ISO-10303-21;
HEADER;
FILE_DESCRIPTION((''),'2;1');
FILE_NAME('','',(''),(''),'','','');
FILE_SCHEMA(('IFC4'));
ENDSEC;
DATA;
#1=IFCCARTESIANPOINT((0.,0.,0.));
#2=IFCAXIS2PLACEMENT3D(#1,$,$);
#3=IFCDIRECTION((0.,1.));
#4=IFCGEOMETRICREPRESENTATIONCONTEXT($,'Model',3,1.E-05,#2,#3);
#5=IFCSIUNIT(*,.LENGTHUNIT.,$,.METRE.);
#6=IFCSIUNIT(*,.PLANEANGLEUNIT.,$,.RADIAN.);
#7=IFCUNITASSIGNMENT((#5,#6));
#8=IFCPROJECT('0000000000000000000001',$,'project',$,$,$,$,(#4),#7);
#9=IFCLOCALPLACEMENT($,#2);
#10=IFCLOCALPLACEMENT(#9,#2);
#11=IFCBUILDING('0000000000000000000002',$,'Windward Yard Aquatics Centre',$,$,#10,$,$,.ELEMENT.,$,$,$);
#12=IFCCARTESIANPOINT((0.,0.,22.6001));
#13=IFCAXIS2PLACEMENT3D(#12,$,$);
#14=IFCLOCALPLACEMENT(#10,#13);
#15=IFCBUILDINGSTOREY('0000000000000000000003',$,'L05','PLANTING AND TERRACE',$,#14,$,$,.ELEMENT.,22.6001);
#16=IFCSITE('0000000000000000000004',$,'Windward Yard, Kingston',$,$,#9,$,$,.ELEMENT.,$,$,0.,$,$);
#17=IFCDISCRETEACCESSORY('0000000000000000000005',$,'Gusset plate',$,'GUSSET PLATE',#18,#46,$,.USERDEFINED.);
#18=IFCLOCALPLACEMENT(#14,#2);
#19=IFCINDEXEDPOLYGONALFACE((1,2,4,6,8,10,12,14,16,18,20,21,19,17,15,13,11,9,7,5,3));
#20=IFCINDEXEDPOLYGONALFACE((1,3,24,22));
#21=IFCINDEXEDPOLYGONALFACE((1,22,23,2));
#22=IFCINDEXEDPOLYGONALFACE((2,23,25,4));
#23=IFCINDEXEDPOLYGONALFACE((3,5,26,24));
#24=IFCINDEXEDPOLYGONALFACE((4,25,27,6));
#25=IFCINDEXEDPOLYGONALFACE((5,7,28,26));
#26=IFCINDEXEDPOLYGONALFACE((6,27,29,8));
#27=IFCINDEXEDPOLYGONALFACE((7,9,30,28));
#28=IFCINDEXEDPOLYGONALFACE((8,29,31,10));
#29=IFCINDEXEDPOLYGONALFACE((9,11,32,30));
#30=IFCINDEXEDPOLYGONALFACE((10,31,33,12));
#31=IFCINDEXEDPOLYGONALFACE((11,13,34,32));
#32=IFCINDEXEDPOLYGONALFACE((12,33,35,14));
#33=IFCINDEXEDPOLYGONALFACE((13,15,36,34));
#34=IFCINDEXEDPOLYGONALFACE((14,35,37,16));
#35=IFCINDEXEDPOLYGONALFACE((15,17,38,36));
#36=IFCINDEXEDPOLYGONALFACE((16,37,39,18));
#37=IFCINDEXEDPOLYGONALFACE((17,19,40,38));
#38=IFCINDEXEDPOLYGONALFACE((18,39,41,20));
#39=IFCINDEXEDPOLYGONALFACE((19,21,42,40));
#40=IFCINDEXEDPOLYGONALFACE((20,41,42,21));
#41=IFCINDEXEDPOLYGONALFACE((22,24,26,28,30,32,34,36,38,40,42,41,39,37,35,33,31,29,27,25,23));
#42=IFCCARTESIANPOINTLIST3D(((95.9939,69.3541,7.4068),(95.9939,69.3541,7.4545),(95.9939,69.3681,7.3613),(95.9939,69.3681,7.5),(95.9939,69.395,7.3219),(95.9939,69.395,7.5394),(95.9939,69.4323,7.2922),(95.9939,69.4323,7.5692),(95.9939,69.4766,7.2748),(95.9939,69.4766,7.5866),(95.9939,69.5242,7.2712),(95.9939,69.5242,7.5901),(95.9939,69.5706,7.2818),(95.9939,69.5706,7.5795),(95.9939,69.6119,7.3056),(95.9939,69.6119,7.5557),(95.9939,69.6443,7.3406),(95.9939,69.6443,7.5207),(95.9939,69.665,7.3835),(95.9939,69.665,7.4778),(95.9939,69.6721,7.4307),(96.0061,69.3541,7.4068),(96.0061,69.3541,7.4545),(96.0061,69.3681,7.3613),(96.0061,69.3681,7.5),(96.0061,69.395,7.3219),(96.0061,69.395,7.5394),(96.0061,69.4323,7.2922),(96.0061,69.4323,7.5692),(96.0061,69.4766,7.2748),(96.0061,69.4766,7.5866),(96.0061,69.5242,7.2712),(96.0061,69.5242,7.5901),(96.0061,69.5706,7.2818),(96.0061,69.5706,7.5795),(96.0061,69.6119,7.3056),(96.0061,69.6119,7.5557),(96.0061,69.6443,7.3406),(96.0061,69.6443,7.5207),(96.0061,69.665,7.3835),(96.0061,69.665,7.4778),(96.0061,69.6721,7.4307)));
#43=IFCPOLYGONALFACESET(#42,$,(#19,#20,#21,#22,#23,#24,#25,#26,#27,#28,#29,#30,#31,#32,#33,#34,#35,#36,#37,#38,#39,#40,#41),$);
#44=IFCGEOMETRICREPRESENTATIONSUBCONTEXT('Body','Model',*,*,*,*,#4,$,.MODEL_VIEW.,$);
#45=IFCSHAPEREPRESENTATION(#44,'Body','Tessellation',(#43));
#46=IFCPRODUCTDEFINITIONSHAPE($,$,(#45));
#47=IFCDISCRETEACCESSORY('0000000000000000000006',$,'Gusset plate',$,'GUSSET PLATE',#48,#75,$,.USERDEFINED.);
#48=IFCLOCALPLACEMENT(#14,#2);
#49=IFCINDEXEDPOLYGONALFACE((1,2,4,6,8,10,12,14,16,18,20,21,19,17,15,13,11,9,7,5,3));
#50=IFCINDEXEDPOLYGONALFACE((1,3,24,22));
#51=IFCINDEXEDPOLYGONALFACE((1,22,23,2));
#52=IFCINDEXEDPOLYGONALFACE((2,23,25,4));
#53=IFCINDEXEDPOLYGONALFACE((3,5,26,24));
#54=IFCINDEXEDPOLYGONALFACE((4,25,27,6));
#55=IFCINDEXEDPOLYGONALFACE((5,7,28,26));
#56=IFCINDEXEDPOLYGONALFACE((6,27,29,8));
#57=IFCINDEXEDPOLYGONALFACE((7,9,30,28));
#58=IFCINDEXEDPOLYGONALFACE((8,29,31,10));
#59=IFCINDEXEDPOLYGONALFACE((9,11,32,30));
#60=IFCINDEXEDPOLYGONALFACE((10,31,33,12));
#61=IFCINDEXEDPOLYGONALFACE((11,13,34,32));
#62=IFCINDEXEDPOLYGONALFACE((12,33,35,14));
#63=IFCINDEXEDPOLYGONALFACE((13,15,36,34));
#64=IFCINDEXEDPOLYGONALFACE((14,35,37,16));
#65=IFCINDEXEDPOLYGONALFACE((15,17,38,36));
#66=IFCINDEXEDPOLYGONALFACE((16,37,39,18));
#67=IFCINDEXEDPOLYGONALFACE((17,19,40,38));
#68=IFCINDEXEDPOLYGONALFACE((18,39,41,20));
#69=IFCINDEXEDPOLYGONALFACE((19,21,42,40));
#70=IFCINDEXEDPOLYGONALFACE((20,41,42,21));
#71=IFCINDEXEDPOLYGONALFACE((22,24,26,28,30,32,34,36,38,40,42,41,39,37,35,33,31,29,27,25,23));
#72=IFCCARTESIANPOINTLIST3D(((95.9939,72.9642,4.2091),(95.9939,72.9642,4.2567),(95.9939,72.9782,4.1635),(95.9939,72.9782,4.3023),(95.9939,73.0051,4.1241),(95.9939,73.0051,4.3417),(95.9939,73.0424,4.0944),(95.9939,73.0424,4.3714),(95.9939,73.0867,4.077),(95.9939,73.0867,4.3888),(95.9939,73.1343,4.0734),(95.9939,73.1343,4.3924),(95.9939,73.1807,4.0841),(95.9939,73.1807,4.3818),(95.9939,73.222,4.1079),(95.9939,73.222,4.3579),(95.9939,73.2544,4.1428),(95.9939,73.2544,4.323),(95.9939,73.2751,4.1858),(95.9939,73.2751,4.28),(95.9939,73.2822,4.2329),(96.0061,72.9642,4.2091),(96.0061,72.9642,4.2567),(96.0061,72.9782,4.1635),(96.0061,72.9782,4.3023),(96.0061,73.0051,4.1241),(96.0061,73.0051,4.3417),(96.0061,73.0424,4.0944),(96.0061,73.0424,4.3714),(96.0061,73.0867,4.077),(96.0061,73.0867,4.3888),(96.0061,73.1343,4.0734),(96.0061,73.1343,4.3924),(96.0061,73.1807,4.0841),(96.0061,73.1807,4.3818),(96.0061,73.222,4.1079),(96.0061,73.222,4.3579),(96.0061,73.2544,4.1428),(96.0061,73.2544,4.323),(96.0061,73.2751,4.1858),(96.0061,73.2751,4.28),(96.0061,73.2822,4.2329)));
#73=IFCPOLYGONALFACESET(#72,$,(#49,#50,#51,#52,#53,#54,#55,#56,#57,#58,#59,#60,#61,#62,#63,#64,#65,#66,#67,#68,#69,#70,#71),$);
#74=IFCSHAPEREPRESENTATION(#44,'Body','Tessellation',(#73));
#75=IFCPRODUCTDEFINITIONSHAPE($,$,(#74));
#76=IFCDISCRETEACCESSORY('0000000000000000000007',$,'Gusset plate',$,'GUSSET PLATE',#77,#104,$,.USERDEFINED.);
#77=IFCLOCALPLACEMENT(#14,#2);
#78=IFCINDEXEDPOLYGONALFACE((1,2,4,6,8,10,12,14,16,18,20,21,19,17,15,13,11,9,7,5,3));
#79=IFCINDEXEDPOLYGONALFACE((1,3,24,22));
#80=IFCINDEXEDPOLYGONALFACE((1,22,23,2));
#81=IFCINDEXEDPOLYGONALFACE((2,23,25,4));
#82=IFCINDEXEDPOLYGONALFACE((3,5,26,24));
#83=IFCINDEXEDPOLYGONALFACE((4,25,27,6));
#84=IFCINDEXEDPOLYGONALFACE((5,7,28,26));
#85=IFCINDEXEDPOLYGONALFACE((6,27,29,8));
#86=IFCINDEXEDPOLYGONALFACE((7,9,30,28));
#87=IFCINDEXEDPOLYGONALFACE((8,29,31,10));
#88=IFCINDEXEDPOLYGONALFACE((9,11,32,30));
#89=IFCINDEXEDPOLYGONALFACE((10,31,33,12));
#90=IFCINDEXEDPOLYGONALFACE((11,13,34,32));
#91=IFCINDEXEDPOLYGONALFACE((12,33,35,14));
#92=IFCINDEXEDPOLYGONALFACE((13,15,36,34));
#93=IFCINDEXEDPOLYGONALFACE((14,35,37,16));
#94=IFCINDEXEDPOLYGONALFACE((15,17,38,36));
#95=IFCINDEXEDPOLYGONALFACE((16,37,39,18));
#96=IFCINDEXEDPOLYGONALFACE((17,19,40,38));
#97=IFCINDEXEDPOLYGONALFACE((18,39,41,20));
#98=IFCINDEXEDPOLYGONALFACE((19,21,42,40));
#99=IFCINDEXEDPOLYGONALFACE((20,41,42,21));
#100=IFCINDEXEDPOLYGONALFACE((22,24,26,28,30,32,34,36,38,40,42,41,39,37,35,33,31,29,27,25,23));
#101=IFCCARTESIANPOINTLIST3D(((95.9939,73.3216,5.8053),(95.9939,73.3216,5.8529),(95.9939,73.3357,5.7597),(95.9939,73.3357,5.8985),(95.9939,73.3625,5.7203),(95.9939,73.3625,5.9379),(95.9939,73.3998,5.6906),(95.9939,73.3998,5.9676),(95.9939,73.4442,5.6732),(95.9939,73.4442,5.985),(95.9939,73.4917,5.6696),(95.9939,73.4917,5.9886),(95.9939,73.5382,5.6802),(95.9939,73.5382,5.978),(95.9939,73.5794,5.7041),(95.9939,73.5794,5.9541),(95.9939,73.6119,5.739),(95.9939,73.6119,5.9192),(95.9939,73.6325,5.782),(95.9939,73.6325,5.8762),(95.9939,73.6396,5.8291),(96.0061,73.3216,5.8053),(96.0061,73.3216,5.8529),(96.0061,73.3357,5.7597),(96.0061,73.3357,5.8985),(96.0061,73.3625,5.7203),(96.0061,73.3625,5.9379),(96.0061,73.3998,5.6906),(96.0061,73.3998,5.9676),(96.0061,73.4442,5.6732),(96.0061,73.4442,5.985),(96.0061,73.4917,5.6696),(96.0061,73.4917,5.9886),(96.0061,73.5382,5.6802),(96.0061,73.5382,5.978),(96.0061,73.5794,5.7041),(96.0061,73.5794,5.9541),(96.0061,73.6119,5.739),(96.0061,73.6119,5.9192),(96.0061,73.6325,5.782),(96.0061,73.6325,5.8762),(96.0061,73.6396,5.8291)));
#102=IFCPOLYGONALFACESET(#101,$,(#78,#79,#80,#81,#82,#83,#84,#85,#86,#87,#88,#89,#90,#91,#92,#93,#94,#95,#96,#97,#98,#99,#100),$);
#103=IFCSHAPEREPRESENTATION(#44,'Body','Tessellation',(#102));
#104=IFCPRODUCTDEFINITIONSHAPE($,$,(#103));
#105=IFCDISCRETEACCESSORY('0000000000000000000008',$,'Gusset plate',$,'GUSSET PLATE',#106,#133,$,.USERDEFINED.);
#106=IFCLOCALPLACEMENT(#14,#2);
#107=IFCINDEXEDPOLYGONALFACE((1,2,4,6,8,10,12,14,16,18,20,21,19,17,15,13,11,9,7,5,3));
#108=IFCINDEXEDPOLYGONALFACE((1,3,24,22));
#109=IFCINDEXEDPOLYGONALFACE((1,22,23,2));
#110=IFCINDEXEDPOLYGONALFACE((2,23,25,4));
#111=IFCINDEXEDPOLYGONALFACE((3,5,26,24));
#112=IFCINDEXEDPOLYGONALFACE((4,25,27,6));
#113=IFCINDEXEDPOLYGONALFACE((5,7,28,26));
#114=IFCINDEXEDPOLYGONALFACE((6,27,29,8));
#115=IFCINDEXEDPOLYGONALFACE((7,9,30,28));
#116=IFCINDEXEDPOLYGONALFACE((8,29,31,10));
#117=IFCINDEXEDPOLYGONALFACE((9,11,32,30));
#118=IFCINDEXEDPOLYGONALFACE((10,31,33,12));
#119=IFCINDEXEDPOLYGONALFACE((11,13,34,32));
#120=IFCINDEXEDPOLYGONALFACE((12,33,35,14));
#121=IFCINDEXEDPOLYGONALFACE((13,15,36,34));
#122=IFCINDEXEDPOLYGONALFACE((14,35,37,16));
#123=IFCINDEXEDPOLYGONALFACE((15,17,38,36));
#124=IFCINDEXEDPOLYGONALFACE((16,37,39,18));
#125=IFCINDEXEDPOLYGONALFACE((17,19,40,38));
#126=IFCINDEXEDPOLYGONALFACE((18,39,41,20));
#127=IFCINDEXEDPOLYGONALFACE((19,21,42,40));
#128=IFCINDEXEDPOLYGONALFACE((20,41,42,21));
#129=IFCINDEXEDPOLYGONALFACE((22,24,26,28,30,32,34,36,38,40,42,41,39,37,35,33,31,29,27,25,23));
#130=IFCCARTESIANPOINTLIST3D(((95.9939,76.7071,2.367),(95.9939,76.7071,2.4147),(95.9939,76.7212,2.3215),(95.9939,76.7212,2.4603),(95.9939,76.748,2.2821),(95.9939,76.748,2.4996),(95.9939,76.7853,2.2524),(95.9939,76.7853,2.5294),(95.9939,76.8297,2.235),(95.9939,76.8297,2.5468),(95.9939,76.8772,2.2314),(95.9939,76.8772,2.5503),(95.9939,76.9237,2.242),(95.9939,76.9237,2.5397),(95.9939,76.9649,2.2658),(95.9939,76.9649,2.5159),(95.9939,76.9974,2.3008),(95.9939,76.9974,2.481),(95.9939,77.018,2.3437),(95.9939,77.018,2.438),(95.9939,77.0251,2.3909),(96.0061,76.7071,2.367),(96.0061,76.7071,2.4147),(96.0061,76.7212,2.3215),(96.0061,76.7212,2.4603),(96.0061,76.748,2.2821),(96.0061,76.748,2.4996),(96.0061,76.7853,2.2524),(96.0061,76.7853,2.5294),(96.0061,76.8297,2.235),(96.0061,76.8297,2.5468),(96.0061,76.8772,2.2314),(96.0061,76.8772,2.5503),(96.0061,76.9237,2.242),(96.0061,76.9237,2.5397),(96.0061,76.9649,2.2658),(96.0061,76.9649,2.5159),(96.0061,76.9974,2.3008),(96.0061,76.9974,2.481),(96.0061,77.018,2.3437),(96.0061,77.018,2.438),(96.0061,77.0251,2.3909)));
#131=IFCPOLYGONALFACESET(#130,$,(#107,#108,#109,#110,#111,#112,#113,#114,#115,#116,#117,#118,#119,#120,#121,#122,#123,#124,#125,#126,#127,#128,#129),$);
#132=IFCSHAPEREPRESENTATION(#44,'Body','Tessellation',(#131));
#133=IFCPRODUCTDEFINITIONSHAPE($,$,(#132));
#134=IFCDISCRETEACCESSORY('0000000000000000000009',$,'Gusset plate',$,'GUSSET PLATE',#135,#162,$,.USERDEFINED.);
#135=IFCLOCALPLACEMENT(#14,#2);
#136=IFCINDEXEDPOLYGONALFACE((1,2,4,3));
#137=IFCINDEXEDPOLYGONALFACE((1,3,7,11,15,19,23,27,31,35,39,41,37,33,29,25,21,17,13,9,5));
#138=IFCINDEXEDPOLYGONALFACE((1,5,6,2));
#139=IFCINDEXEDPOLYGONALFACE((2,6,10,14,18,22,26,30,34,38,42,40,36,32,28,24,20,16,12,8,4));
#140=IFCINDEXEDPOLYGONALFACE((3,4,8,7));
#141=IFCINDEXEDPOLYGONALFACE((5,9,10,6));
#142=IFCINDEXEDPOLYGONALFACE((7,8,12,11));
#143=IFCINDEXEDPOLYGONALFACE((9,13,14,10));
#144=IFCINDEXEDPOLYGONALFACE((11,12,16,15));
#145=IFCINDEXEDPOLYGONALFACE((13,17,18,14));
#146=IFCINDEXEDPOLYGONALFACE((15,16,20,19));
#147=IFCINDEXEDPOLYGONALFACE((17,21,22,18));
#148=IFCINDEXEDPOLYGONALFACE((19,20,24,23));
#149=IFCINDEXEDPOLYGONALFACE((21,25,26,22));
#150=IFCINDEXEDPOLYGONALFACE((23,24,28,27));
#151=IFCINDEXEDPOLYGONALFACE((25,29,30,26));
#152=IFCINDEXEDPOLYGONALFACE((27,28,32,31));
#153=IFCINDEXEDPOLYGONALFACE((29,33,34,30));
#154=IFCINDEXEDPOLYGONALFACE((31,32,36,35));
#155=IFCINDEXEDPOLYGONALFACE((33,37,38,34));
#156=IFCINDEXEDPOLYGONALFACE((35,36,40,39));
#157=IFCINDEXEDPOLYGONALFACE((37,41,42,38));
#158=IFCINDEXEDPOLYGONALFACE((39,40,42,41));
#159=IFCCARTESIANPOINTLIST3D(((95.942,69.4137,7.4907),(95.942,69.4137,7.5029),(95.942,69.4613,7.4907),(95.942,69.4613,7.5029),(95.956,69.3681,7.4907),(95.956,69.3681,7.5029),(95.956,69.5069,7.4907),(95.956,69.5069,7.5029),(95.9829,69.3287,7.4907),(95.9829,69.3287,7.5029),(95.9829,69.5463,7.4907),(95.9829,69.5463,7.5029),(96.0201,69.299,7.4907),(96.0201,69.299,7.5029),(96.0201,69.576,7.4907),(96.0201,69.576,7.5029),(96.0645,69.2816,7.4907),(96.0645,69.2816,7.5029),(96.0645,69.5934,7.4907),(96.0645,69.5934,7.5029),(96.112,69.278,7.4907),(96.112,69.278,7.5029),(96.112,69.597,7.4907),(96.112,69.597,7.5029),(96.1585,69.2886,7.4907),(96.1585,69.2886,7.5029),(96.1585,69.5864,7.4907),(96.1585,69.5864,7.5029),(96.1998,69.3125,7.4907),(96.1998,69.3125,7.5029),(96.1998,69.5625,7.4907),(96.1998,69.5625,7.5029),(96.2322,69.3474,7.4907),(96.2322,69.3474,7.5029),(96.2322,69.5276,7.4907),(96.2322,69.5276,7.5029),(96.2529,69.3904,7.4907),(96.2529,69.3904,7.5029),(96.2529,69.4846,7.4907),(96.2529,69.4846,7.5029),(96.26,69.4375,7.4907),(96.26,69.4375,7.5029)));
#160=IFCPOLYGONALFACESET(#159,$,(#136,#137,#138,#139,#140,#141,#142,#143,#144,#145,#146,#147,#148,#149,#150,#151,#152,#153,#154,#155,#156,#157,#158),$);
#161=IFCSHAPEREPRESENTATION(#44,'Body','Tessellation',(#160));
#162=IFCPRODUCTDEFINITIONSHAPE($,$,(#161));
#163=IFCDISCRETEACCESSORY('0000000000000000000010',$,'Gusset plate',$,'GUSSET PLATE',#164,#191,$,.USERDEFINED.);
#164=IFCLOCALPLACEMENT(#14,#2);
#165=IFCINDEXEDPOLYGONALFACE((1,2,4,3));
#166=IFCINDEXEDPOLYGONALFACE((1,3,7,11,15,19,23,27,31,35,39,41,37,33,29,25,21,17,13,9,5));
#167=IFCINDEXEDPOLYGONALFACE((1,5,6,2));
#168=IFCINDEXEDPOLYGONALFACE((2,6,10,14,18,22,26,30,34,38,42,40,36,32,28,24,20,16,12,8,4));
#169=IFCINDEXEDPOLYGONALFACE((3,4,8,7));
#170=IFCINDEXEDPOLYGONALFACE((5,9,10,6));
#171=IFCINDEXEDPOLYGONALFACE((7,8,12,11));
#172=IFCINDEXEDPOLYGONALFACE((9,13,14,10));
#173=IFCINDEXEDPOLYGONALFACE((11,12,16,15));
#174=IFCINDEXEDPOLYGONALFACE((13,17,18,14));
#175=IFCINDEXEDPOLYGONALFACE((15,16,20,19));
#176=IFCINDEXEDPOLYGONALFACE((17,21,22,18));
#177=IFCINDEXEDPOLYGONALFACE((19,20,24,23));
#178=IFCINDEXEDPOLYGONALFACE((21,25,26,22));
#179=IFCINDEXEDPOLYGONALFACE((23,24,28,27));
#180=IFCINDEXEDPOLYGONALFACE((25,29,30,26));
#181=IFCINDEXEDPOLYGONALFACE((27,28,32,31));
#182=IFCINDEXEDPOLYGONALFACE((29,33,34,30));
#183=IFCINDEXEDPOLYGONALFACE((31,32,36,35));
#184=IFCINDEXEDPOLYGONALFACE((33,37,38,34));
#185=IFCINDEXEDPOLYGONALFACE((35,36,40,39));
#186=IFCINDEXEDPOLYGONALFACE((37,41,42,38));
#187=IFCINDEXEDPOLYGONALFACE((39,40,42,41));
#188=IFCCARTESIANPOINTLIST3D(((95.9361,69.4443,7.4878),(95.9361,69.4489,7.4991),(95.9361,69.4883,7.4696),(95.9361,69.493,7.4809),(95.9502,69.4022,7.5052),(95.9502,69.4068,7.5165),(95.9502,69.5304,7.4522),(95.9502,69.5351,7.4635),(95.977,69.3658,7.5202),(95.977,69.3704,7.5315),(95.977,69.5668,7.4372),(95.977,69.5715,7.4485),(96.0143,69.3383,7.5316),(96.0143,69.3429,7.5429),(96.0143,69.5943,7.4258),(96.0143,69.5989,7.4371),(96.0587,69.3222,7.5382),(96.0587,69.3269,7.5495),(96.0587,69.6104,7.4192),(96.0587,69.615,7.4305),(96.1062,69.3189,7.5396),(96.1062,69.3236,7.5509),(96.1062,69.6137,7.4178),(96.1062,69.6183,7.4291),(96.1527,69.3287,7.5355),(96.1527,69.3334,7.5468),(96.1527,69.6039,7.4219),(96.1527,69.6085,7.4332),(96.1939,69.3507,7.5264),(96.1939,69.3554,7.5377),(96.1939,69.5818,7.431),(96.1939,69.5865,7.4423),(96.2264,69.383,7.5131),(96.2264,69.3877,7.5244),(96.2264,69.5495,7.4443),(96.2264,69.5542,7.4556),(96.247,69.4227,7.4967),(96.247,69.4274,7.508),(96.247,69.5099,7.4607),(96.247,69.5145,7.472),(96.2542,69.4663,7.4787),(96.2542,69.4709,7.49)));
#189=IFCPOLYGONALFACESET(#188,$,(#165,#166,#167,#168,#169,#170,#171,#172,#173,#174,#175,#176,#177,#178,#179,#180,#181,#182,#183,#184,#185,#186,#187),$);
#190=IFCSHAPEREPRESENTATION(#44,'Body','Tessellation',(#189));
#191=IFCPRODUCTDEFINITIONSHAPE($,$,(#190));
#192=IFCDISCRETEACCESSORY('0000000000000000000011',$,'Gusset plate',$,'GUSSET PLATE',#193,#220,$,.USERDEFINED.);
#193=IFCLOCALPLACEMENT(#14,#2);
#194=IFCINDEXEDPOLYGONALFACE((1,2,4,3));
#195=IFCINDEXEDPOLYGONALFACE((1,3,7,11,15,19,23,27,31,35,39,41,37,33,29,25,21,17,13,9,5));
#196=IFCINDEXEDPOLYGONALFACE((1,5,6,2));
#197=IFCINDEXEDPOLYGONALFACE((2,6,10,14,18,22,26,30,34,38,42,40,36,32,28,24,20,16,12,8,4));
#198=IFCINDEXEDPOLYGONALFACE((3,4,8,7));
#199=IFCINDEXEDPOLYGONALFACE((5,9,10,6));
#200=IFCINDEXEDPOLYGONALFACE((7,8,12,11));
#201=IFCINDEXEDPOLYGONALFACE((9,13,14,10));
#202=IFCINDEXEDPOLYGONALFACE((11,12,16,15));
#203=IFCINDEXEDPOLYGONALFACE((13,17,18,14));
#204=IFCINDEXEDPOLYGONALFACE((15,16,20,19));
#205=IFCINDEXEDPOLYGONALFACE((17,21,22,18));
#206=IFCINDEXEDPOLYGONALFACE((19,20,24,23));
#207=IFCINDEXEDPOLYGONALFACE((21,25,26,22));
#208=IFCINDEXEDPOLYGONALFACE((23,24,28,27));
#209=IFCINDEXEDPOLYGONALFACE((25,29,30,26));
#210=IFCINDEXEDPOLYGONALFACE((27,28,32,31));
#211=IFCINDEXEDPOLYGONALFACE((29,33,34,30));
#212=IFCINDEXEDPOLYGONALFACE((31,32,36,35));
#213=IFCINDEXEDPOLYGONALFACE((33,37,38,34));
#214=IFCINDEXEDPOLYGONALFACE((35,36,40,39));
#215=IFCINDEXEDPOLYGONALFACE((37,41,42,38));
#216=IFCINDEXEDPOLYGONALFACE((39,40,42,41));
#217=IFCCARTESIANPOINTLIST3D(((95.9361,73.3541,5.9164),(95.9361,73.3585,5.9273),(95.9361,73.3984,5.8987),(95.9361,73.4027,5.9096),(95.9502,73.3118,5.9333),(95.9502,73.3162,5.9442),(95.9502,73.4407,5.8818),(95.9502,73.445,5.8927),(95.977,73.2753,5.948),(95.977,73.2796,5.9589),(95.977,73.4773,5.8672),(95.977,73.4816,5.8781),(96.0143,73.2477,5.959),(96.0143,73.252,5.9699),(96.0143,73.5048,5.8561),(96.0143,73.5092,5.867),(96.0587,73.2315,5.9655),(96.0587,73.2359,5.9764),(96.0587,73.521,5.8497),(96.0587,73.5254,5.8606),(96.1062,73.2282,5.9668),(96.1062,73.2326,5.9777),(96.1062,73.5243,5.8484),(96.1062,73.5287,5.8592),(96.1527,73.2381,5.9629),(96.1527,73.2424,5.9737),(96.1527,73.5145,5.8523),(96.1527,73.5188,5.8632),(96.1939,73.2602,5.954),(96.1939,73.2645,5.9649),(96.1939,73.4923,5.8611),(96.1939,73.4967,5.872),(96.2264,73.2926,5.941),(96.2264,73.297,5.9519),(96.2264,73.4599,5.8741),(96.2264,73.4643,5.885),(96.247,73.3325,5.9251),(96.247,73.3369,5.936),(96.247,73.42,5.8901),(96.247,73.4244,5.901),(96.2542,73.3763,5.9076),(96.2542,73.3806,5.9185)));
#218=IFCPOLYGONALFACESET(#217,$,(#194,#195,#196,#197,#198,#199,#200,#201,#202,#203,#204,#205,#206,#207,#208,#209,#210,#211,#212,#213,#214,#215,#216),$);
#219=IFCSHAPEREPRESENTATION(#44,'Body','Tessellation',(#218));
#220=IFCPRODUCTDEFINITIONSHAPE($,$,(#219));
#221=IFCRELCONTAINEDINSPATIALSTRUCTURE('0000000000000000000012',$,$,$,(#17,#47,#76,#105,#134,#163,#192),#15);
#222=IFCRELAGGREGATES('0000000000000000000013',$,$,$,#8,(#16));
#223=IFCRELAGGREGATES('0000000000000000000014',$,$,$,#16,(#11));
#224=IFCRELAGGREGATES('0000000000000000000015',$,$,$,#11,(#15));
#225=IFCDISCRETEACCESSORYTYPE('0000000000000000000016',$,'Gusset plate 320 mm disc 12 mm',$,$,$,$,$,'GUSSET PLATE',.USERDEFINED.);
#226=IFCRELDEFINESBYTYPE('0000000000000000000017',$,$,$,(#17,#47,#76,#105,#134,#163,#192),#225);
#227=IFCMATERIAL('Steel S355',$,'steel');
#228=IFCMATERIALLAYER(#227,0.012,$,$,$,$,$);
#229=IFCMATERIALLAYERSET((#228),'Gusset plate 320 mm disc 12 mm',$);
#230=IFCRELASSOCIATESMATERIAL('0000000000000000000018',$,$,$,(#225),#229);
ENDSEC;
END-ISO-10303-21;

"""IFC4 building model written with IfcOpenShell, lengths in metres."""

from ifc_helpers import new_model, si_unit, direction, frame, origin, origin_2d, place, context, subcontext, project, spatial, circle, extrude, material, layer, layer_set, type_object, element, save


model = new_model("IFC4")

# Units and contexts
model_context = context("Model", 3, precision=1e-05, world=origin(), true_north=direction((0.0, 1.0)))
body_context = subcontext(model_context, "Body", "Model", "MODEL_VIEW")
ifc_project = project(units=[si_unit("LENGTHUNIT", "METRE"), si_unit("PLANEANGLEUNIT", "RADIAN")], contexts=[model_context])

# Site, building, storey
site_placement = place(None, origin())
site = spatial("IfcSite", under=ifc_project, at=site_placement, Name="Windward Yard, Kingston", CompositionType="ELEMENT", RefElevation=0.0)
building_placement = place(site_placement, origin())
building = spatial("IfcBuilding", under=site, at=building_placement, Name="Windward Yard Aquatics Centre", CompositionType="ELEMENT")
storey_placement = place(building_placement, frame((0.0, 0.0, 22.6001)))
storey = spatial("IfcBuildingStorey", under=building, at=storey_placement, Name="L05", Description="PLANTING AND TERRACE", CompositionType="ELEMENT", Elevation=22.6001)

# Discrete accessories
ifc_material_1 = material(Name="Steel S355", Category="steel")
ifc_layer = layer(ifc_material_1, 0.012)
ifc_layer_set = layer_set([ifc_layer], Name="Gusset plate 320 mm disc 12 mm")
discrete_accessory_type = type_object("IfcDiscreteAccessoryType", Name="Gusset plate 320 mm disc 12 mm", ElementType="GUSSET PLATE", PredefinedType="USERDEFINED", material=ifc_layer_set)
for number, where, z_axis, x_axis, name in (
    (1, (95.9939, 69.5122, 7.4307), (1.0, 0.0, 0.0), (0.0, 1.0, 0.0), "Gusset plate"),
    (2, (95.9939, 73.1223, 4.2329), (1.0, 0.0, 0.0), (0.0, 1.0, 0.0), "Gusset plate"),
    (3, (95.9939, 73.4797, 5.8291), (1.0, 0.0, 0.0), (0.0, 1.0, 0.0), "Gusset plate"),
    (4, (95.9939, 76.8652, 2.3909), (1.0, 0.0, 0.0), (0.0, 1.0, 0.0), "Gusset plate"),
    (5, (96.1001, 69.4375, 7.4907), (0.0, 0.0, 1.0), (1.0, 0.0, 0.0), "Gusset plate"),
    (6, (96.0942, 69.4709, 7.49), (0.0, -0.38176, -0.924261), (1.0, 0.0, 0.0), "Gusset plate"),
):
    element("IfcDiscreteAccessory", number, at=place(storey_placement, frame(where, z_axis=z_axis, x_axis=x_axis)), inside=storey, type_object=discrete_accessory_type, Name=name, ObjectType="GUSSET PLATE", PredefinedType="USERDEFINED", context=body_context, shape_type="SweptSolid", body=[
        extrude(circle(Radius=0.1599, at=origin_2d()), origin(), (0.0, 0.0, 1.0), 0.0122),
    ])
discrete_accessory_1_placement = place(storey_placement, frame((96.0942, 73.3806, 5.9185), z_axis=(0.0, -0.371391, -0.928477), x_axis=(1.0, 0.0, 0.0)))
element("IfcDiscreteAccessory", 7, at=discrete_accessory_1_placement, inside=storey, type_object=discrete_accessory_type, Name="Gusset plate", ObjectType="GUSSET PLATE", PredefinedType="USERDEFINED", context=body_context, shape_type="SweptSolid", body=[
    extrude(circle(Radius=0.1599, at=origin_2d()), origin(), (0.0, 0.0, 1.0), 0.0117),
])

save(model, "model.ifc")
